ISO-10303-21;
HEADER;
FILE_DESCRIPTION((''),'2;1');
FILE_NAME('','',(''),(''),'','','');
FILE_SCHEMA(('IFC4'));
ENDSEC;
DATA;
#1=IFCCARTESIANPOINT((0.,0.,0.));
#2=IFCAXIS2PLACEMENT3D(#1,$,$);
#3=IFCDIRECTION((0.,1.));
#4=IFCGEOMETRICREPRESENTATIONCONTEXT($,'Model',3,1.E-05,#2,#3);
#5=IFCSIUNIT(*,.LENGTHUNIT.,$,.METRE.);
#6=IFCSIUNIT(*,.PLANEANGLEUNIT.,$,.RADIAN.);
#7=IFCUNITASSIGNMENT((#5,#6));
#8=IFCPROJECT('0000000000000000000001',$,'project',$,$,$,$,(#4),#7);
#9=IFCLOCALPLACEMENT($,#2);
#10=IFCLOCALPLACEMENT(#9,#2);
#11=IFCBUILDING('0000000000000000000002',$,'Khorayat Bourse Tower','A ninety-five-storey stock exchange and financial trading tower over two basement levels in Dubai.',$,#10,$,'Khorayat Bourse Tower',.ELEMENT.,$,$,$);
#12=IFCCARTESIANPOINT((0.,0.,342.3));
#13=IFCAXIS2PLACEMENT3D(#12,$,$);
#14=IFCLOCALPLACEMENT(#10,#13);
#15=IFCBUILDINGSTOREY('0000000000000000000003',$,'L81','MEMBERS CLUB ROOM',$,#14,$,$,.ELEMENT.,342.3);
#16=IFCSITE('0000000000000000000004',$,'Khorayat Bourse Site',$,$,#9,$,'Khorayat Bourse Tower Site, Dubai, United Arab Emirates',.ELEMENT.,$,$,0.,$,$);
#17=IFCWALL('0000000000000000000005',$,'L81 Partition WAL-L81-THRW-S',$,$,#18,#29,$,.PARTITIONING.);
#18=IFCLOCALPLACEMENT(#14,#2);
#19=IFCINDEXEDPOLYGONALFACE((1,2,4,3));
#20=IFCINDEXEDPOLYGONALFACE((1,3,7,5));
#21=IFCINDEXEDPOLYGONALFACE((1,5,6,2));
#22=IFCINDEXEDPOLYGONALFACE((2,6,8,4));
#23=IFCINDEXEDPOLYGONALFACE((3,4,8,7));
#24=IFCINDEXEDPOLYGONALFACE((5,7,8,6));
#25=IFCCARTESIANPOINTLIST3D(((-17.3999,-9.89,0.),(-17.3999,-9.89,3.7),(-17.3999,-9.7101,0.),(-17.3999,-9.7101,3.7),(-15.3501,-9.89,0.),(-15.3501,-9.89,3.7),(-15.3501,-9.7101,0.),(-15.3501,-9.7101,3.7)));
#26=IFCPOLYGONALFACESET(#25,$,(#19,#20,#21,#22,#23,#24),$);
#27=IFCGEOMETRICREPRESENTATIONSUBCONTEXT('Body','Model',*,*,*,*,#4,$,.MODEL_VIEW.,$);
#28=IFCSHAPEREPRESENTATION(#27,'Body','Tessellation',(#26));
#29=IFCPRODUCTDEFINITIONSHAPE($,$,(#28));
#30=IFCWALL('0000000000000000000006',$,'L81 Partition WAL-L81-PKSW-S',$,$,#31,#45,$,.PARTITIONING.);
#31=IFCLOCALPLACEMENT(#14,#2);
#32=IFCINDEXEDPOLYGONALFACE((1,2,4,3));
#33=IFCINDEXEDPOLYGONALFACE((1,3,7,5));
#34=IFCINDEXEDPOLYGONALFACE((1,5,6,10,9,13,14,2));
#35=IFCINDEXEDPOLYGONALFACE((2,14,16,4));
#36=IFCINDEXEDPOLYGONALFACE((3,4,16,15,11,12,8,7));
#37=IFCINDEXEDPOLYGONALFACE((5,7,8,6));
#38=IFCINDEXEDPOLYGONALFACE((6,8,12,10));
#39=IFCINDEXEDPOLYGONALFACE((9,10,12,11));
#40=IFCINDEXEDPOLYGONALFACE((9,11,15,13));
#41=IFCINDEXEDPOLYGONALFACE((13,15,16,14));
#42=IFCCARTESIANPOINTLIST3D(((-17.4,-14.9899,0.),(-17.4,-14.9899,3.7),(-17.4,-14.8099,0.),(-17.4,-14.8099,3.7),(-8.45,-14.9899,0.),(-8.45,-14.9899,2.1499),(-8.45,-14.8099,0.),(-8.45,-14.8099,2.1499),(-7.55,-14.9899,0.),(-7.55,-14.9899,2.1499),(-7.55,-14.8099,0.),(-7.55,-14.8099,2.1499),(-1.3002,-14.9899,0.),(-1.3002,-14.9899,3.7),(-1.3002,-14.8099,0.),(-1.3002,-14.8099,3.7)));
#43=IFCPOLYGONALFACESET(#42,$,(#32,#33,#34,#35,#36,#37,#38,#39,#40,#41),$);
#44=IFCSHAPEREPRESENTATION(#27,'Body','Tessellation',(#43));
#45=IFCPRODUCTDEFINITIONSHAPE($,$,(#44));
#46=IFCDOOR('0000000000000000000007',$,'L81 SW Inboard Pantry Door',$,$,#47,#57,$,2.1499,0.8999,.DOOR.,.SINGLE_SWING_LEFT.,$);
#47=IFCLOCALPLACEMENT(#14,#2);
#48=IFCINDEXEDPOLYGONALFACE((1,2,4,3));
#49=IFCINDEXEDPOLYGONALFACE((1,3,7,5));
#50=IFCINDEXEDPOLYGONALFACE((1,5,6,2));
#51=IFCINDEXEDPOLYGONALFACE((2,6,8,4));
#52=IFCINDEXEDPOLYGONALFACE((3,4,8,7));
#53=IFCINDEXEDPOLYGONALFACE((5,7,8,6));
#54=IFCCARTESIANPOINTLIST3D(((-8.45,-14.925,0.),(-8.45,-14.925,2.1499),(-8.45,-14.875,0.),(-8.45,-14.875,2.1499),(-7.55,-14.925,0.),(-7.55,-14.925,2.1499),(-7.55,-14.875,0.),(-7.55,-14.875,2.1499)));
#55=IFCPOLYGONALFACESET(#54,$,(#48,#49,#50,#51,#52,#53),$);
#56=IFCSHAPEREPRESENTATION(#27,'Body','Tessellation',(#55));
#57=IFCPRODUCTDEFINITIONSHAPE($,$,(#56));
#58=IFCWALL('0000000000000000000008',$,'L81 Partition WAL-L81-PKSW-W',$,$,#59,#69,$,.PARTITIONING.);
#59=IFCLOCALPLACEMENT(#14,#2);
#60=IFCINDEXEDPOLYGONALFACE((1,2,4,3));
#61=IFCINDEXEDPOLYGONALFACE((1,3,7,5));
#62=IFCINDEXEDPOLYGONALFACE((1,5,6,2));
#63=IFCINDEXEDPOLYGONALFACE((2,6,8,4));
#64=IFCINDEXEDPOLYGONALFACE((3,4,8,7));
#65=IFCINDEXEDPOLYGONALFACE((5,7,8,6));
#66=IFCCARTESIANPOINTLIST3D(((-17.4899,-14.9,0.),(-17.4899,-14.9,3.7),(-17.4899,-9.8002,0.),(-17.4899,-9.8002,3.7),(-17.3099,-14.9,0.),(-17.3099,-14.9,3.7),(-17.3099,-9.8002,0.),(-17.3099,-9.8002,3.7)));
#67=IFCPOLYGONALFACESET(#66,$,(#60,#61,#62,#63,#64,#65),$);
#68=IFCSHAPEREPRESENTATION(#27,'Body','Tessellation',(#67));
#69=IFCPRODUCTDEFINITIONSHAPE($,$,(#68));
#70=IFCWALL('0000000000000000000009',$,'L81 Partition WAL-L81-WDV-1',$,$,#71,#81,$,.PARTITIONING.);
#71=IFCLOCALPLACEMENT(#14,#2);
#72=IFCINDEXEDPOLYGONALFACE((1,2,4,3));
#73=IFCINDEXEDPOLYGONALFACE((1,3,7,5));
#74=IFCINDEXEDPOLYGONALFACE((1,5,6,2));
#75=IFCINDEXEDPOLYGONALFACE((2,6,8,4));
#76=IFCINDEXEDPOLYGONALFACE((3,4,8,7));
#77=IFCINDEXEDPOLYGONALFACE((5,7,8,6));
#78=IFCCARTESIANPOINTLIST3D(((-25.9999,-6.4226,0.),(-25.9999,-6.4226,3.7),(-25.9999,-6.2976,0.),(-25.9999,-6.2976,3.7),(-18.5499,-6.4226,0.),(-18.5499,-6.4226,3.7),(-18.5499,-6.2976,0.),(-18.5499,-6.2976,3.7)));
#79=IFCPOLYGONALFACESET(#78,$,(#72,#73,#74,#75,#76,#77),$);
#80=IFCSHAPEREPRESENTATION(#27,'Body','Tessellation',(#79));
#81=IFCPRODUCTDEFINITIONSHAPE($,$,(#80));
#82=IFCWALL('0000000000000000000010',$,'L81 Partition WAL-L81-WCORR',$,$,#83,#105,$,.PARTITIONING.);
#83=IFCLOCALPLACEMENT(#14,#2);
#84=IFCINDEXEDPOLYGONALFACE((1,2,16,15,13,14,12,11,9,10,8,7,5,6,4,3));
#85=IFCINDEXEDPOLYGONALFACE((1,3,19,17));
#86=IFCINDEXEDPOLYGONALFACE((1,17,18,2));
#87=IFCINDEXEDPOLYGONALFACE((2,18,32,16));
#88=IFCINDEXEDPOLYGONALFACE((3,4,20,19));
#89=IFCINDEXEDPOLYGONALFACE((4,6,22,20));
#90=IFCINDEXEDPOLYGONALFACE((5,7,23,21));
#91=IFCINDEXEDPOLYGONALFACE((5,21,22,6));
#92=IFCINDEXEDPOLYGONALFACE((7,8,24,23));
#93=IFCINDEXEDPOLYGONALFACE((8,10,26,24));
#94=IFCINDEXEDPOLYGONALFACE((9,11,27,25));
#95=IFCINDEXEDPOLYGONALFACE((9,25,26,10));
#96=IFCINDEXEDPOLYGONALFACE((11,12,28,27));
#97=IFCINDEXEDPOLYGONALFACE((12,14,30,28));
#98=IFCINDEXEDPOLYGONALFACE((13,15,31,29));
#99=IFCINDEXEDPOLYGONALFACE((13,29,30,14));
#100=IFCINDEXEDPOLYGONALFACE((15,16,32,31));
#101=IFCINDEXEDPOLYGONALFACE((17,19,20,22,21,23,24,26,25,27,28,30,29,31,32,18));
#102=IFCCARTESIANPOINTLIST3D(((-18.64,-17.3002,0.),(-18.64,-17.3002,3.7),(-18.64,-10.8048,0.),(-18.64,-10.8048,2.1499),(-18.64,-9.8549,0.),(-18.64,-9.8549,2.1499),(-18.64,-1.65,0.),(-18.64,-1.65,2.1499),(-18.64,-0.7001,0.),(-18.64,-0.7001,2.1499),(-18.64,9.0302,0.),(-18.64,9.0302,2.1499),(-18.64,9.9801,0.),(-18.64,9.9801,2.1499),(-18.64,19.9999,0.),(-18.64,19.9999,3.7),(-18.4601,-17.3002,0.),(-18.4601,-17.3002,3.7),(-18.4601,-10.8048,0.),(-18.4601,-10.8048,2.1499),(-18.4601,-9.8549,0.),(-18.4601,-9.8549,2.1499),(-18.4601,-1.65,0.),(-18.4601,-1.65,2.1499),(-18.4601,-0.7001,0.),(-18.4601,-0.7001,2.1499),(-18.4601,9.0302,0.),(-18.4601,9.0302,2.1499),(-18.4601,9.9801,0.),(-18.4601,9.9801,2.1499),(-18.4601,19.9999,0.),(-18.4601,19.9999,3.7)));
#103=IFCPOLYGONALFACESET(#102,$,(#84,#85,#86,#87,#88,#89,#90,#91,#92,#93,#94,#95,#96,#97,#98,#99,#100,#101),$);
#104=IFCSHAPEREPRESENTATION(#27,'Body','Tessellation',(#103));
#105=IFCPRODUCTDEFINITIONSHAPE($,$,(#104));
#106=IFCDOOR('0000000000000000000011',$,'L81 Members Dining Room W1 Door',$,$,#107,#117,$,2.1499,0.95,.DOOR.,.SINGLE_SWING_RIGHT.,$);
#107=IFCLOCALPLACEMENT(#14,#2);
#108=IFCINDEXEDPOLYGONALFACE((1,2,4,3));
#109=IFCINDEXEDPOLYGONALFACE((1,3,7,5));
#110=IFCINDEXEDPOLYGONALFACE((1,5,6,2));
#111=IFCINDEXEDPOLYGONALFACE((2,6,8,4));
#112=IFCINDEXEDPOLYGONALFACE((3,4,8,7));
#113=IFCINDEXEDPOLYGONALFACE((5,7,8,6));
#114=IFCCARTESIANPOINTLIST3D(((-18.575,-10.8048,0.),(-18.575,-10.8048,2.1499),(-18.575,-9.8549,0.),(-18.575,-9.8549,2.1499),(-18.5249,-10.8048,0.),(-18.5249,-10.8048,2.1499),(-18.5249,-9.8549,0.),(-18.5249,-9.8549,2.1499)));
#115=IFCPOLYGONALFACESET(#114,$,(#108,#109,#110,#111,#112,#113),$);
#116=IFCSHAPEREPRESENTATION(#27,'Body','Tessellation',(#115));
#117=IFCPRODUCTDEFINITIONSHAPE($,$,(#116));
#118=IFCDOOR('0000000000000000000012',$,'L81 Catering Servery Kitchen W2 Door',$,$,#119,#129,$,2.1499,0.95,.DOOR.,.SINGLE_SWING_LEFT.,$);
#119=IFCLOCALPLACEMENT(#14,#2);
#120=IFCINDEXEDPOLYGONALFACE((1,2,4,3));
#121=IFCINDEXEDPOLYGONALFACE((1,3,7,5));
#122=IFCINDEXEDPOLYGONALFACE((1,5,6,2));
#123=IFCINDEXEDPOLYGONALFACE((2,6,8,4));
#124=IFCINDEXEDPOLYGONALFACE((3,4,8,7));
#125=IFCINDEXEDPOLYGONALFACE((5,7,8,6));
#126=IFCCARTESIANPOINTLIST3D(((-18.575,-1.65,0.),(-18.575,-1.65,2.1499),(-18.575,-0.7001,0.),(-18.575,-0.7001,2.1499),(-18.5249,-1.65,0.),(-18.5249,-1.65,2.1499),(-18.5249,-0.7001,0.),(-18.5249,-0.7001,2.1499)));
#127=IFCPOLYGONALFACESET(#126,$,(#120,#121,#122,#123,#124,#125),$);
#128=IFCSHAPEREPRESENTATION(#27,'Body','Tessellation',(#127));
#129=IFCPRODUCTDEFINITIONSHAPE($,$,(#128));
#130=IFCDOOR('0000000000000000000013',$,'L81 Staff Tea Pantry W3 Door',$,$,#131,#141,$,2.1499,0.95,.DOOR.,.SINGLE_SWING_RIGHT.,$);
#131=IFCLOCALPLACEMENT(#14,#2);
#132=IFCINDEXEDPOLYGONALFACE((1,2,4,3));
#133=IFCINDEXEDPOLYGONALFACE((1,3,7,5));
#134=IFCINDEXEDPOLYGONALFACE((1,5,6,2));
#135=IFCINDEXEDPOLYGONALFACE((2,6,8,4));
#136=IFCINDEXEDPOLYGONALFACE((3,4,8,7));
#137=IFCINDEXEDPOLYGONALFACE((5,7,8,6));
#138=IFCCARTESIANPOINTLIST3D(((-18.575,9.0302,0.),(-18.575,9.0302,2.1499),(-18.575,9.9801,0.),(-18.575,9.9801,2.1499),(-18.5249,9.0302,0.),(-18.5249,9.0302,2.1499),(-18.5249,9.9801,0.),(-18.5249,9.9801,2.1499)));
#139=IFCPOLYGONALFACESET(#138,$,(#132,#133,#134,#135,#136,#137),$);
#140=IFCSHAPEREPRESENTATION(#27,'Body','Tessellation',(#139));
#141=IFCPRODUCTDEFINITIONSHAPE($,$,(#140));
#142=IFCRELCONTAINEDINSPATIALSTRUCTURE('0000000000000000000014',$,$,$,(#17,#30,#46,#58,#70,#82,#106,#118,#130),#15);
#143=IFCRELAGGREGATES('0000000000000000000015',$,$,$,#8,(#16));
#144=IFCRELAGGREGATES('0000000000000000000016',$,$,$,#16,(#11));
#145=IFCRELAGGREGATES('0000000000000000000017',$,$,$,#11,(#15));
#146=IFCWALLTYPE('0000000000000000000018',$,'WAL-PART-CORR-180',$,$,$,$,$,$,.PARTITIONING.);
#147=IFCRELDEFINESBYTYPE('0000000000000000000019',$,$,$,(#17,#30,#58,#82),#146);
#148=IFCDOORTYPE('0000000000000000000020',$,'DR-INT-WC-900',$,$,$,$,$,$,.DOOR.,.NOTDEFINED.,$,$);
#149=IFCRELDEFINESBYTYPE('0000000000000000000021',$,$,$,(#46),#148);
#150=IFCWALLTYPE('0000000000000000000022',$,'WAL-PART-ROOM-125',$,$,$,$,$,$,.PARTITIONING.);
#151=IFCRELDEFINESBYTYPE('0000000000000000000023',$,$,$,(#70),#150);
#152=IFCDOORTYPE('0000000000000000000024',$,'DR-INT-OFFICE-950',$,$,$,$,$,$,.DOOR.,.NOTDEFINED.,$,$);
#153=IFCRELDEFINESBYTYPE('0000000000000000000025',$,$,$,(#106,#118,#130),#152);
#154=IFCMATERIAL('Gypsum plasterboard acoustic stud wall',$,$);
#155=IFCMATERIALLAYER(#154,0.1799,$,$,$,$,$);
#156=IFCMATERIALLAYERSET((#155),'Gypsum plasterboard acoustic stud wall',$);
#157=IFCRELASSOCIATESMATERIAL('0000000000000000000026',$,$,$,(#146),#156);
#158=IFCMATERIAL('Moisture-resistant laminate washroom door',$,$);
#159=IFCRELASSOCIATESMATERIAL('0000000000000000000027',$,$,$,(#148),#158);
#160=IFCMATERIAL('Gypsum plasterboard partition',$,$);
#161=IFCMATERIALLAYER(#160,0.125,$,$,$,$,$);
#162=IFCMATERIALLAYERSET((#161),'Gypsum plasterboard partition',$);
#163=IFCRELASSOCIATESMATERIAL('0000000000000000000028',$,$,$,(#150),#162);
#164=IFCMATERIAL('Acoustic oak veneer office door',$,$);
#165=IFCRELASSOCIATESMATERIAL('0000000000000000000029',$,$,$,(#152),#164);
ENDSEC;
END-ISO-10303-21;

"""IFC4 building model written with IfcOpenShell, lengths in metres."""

from ifc_helpers import new_model, si_unit, direction, frame, frame_2d, origin, place, context, subcontext, project, spatial, rectangle, extrude, source, transform, mapped, material, layer, layer_set, type_object, element, fill, save


model = new_model("IFC4")

# Units and contexts
model_context = context("Model", 3, precision=1e-05, world=origin(), true_north=direction((0.0, 1.0)))
body_context = subcontext(model_context, "Body", "Model", "MODEL_VIEW")
ifc_project = project(units=[si_unit("LENGTHUNIT", "METRE"), si_unit("PLANEANGLEUNIT", "RADIAN")], contexts=[model_context])

# Site, building, storey
site_placement = place(None, origin())
site = spatial("IfcSite", under=ifc_project, at=site_placement, Name="Khorayat Bourse Site", LongName="Khorayat Bourse Tower Site, Dubai, United Arab Emirates", CompositionType="ELEMENT", RefElevation=0.0)
building_placement = place(site_placement, origin())
building = spatial("IfcBuilding", under=site, at=building_placement, Name="Khorayat Bourse Tower", Description="A ninety-five-storey stock exchange and financial trading tower over two basement levels in Dubai.", LongName="Khorayat Bourse Tower", CompositionType="ELEMENT")
storey_placement = place(building_placement, frame((0.0, 0.0, 342.3)))
storey = spatial("IfcBuildingStorey", under=building, at=storey_placement, Name="L81", Description="MEMBERS CLUB ROOM", CompositionType="ELEMENT", Elevation=342.3)

# Shared definitions
ifc_material_1 = material(Name="Gypsum plasterboard acoustic stud wall")
ifc_layer_1 = layer(ifc_material_1, 0.1799)
ifc_layer_set_1 = layer_set([ifc_layer_1], Name="Gypsum plasterboard acoustic stud wall")
wall_type_1 = type_object("IfcWallType", Name="WAL-PART-CORR-180", PredefinedType="PARTITIONING", material=ifc_layer_set_1)

# Shared definitions
shared_shape_1 = source(origin(), body_context, "Body", "SweptSolid", [
    extrude(rectangle(XDim=0.8999, YDim=2.1499, at=frame_2d((0.45, 1.075))), frame((0.0, 0.0999, 0.0), z_axis=(0.0, -1.0, 0.0), x_axis=(1.0, 0.0, 0.0)), (0.0, 0.0, 1.0), 0.2),
])
ifc_material_2 = material(Name="Moisture-resistant laminate washroom door")
door_type_1 = type_object("IfcDoorType", Name="DR-INT-WC-900", OperationType="NOTDEFINED", PredefinedType="DOOR", material=ifc_material_2)
shared_shape_2 = source(origin(), body_context, "Body", "SweptSolid", [
    extrude(rectangle(XDim=0.8999, YDim=2.1499, at=frame_2d((0.45, 1.075))), frame((0.0, 0.0249, 0.0), z_axis=(0.0, -1.0, 0.0), x_axis=(1.0, 0.0, 0.0)), (0.0, 0.0, 1.0), 0.05),
])

# Wall
shared_shape_3 = source(origin(), body_context, "Body", "SweptSolid", [
    extrude(rectangle(XDim=2.0498, YDim=0.1799, at=frame_2d((1.0249, 0.0))), origin(), (0.0, 0.0, 1.0), 3.7),
])
wall_1_placement = place(storey_placement, frame((-17.3999, -9.8, 0.0), z_axis=(0.0, 0.0, 1.0), x_axis=(1.0, 0.0, 0.0)))
element("IfcWall", 1, at=wall_1_placement, inside=storey, type_object=wall_type_1, Name="L81 Partition WAL-L81-THRW-S", PredefinedType="PARTITIONING", context=body_context, shape_type="MappedRepresentation", body=[
    mapped(shared_shape_3, transform((0.0, 0.0, 0.0), scale=1.0)),
])

# Wall, opening, door
shared_shape_4 = source(origin(), body_context, "Body", "SweptSolid", [
    extrude(rectangle(XDim=16.0999, YDim=0.1799, at=frame_2d((8.0498, 0.0))), origin(), (0.0, 0.0, 1.0), 3.7),
])
wall_2_placement = place(storey_placement, frame((-17.3999, -14.8999, 0.0), z_axis=(0.0, 0.0, 1.0), x_axis=(1.0, 0.0, 0.0)))
wall_2 = element("IfcWall", 2, at=wall_2_placement, inside=storey, type_object=wall_type_1, Name="L81 Partition WAL-L81-PKSW-S", PredefinedType="PARTITIONING", context=body_context, shape_type="MappedRepresentation", body=[
    mapped(shared_shape_4, transform((0.0, 0.0, 0.0), scale=1.0)),
])
opening_1_placement = place(wall_2_placement, frame((8.95, 0.0, 0.0)))
opening_1 = element("IfcOpeningElement", 3, at=opening_1_placement, cuts=wall_2, PredefinedType="OPENING", context=body_context, shape_type="MappedRepresentation", body=[
    mapped(shared_shape_1, transform((0.0, 0.0, 0.0), scale=1.0)),
])
door_1_placement = place(opening_1_placement, origin())
door_1 = element("IfcDoor", 4, at=door_1_placement, inside=storey, type_object=door_type_1, Name="L81 SW Inboard Pantry Door", OperationType="SINGLE_SWING_LEFT", OverallHeight=2.1499, OverallWidth=0.8999, PredefinedType="DOOR", context=body_context, shape_type="MappedRepresentation", body=[
    mapped(shared_shape_2, transform((0.0, 0.0, 0.0), scale=1.0)),
])
fill(opening_1, door_1)

# Walls
shared_shape_5 = source(origin(), body_context, "Body", "SweptSolid", [
    extrude(rectangle(XDim=5.0999, YDim=0.1799, at=frame_2d((2.5498, 0.0))), origin(), (0.0, 0.0, 1.0), 3.7),
])
wall_3_placement = place(storey_placement, frame((-17.3999, -14.8999, 0.0), z_axis=(0.0, 0.0, 1.0), x_axis=(0.0, 1.0, 0.0)))
element("IfcWall", 5, at=wall_3_placement, inside=storey, type_object=wall_type_1, Name="L81 Partition WAL-L81-PKSW-W", PredefinedType="PARTITIONING", context=body_context, shape_type="MappedRepresentation", body=[
    mapped(shared_shape_5, transform((0.0, 0.0, 0.0), scale=1.0)),
])
ifc_material_3 = material(Name="Gypsum plasterboard partition")
ifc_layer_2 = layer(ifc_material_3, 0.125)
ifc_layer_set_2 = layer_set([ifc_layer_2], Name="Gypsum plasterboard partition")
wall_type_2 = type_object("IfcWallType", Name="WAL-PART-ROOM-125", PredefinedType="PARTITIONING", material=ifc_layer_set_2)
shared_shape_6 = source(origin(), body_context, "Body", "SweptSolid", [
    extrude(rectangle(XDim=7.45, YDim=0.125, at=frame_2d((3.7251, 0.0))), origin(), (0.0, 0.0, 1.0), 3.7),
])
wall_4_placement = place(storey_placement, frame((-26.0, -6.3601, 0.0), z_axis=(0.0, 0.0, 1.0), x_axis=(1.0, 0.0, 0.0)))
element("IfcWall", 6, at=wall_4_placement, inside=storey, type_object=wall_type_2, Name="L81 Partition WAL-L81-WDV-1", PredefinedType="PARTITIONING", context=body_context, shape_type="MappedRepresentation", body=[
    mapped(shared_shape_6, transform((0.0, 0.0, 0.0), scale=1.0)),
])

# Wall, openings, doors
shared_shape_7 = source(origin(), body_context, "Body", "SweptSolid", [
    extrude(rectangle(XDim=37.3, YDim=0.1799, at=frame_2d((18.6499, 0.0))), origin(), (0.0, 0.0, 1.0), 3.7),
])
wall_5_placement = place(storey_placement, frame((-18.55, -17.3, 0.0), z_axis=(0.0, 0.0, 1.0), x_axis=(0.0, 1.0, 0.0)))
wall_5 = element("IfcWall", 7, at=wall_5_placement, inside=storey, type_object=wall_type_1, Name="L81 Partition WAL-L81-WCORR", PredefinedType="PARTITIONING", context=body_context, shape_type="MappedRepresentation", body=[
    mapped(shared_shape_7, transform((0.0, 0.0, 0.0), scale=1.0)),
])
shared_shape_8 = source(origin(), body_context, "Body", "SweptSolid", [
    extrude(rectangle(XDim=0.95, YDim=2.1499, at=frame_2d((0.4751, 1.075))), frame((0.0, 0.0999, 0.0), z_axis=(0.0, -1.0, 0.0), x_axis=(1.0, 0.0, 0.0)), (0.0, 0.0, 1.0), 0.2),
])
opening_2_placement = place(wall_5_placement, frame((6.4951, 0.0, 0.0)))
opening_2 = element("IfcOpeningElement", 8, at=opening_2_placement, cuts=wall_5, PredefinedType="OPENING", context=body_context, shape_type="MappedRepresentation", body=[
    mapped(shared_shape_8, transform((0.0, 0.0, 0.0), scale=1.0)),
])
opening_3_placement = place(wall_5_placement, frame((15.6499, 0.0, 0.0)))
opening_3 = element("IfcOpeningElement", 9, at=opening_3_placement, cuts=wall_5, PredefinedType="OPENING", context=body_context, shape_type="MappedRepresentation", body=[
    mapped(shared_shape_8, transform((0.0, 0.0, 0.0), scale=1.0)),
])
opening_4_placement = place(wall_5_placement, frame((26.3301, 0.0, 0.0)))
opening_4 = element("IfcOpeningElement", 10, at=opening_4_placement, cuts=wall_5, PredefinedType="OPENING", context=body_context, shape_type="MappedRepresentation", body=[
    mapped(shared_shape_8, transform((0.0, 0.0, 0.0), scale=1.0)),
])
ifc_material_4 = material(Name="Acoustic oak veneer office door")
door_type_2 = type_object("IfcDoorType", Name="DR-INT-OFFICE-950", OperationType="NOTDEFINED", PredefinedType="DOOR", material=ifc_material_4)
shared_shape_9 = source(origin(), body_context, "Body", "SweptSolid", [
    extrude(rectangle(XDim=0.95, YDim=2.1499, at=frame_2d((0.4751, 1.075))), frame((0.0, 0.0249, 0.0), z_axis=(0.0, -1.0, 0.0), x_axis=(1.0, 0.0, 0.0)), (0.0, 0.0, 1.0), 0.05),
])
door_2_placement = place(opening_2_placement, origin())
door_2 = element("IfcDoor", 11, at=door_2_placement, inside=storey, type_object=door_type_2, Name="L81 Members Dining Room W1 Door", OperationType="SINGLE_SWING_RIGHT", OverallHeight=2.1499, OverallWidth=0.95, PredefinedType="DOOR", context=body_context, shape_type="MappedRepresentation", body=[
    mapped(shared_shape_9, transform((0.0, 0.0, 0.0), scale=1.0)),
])
fill(opening_2, door_2)
door_3_placement = place(opening_3_placement, origin())
door_3 = element("IfcDoor", 12, at=door_3_placement, inside=storey, type_object=door_type_2, Name="L81 Catering Servery Kitchen W2 Door", OperationType="SINGLE_SWING_LEFT", OverallHeight=2.1499, OverallWidth=0.95, PredefinedType="DOOR", context=body_context, shape_type="MappedRepresentation", body=[
    mapped(shared_shape_9, transform((0.0, 0.0, 0.0), scale=1.0)),
])
fill(opening_3, door_3)
door_4_placement = place(opening_4_placement, origin())
door_4 = element("IfcDoor", 13, at=door_4_placement, inside=storey, type_object=door_type_2, Name="L81 Staff Tea Pantry W3 Door", OperationType="SINGLE_SWING_RIGHT", OverallHeight=2.1499, OverallWidth=0.95, PredefinedType="DOOR", context=body_context, shape_type="MappedRepresentation", body=[
    mapped(shared_shape_9, transform((0.0, 0.0, 0.0), scale=1.0)),
])
fill(opening_4, door_4)

save(model, "model.ifc")
